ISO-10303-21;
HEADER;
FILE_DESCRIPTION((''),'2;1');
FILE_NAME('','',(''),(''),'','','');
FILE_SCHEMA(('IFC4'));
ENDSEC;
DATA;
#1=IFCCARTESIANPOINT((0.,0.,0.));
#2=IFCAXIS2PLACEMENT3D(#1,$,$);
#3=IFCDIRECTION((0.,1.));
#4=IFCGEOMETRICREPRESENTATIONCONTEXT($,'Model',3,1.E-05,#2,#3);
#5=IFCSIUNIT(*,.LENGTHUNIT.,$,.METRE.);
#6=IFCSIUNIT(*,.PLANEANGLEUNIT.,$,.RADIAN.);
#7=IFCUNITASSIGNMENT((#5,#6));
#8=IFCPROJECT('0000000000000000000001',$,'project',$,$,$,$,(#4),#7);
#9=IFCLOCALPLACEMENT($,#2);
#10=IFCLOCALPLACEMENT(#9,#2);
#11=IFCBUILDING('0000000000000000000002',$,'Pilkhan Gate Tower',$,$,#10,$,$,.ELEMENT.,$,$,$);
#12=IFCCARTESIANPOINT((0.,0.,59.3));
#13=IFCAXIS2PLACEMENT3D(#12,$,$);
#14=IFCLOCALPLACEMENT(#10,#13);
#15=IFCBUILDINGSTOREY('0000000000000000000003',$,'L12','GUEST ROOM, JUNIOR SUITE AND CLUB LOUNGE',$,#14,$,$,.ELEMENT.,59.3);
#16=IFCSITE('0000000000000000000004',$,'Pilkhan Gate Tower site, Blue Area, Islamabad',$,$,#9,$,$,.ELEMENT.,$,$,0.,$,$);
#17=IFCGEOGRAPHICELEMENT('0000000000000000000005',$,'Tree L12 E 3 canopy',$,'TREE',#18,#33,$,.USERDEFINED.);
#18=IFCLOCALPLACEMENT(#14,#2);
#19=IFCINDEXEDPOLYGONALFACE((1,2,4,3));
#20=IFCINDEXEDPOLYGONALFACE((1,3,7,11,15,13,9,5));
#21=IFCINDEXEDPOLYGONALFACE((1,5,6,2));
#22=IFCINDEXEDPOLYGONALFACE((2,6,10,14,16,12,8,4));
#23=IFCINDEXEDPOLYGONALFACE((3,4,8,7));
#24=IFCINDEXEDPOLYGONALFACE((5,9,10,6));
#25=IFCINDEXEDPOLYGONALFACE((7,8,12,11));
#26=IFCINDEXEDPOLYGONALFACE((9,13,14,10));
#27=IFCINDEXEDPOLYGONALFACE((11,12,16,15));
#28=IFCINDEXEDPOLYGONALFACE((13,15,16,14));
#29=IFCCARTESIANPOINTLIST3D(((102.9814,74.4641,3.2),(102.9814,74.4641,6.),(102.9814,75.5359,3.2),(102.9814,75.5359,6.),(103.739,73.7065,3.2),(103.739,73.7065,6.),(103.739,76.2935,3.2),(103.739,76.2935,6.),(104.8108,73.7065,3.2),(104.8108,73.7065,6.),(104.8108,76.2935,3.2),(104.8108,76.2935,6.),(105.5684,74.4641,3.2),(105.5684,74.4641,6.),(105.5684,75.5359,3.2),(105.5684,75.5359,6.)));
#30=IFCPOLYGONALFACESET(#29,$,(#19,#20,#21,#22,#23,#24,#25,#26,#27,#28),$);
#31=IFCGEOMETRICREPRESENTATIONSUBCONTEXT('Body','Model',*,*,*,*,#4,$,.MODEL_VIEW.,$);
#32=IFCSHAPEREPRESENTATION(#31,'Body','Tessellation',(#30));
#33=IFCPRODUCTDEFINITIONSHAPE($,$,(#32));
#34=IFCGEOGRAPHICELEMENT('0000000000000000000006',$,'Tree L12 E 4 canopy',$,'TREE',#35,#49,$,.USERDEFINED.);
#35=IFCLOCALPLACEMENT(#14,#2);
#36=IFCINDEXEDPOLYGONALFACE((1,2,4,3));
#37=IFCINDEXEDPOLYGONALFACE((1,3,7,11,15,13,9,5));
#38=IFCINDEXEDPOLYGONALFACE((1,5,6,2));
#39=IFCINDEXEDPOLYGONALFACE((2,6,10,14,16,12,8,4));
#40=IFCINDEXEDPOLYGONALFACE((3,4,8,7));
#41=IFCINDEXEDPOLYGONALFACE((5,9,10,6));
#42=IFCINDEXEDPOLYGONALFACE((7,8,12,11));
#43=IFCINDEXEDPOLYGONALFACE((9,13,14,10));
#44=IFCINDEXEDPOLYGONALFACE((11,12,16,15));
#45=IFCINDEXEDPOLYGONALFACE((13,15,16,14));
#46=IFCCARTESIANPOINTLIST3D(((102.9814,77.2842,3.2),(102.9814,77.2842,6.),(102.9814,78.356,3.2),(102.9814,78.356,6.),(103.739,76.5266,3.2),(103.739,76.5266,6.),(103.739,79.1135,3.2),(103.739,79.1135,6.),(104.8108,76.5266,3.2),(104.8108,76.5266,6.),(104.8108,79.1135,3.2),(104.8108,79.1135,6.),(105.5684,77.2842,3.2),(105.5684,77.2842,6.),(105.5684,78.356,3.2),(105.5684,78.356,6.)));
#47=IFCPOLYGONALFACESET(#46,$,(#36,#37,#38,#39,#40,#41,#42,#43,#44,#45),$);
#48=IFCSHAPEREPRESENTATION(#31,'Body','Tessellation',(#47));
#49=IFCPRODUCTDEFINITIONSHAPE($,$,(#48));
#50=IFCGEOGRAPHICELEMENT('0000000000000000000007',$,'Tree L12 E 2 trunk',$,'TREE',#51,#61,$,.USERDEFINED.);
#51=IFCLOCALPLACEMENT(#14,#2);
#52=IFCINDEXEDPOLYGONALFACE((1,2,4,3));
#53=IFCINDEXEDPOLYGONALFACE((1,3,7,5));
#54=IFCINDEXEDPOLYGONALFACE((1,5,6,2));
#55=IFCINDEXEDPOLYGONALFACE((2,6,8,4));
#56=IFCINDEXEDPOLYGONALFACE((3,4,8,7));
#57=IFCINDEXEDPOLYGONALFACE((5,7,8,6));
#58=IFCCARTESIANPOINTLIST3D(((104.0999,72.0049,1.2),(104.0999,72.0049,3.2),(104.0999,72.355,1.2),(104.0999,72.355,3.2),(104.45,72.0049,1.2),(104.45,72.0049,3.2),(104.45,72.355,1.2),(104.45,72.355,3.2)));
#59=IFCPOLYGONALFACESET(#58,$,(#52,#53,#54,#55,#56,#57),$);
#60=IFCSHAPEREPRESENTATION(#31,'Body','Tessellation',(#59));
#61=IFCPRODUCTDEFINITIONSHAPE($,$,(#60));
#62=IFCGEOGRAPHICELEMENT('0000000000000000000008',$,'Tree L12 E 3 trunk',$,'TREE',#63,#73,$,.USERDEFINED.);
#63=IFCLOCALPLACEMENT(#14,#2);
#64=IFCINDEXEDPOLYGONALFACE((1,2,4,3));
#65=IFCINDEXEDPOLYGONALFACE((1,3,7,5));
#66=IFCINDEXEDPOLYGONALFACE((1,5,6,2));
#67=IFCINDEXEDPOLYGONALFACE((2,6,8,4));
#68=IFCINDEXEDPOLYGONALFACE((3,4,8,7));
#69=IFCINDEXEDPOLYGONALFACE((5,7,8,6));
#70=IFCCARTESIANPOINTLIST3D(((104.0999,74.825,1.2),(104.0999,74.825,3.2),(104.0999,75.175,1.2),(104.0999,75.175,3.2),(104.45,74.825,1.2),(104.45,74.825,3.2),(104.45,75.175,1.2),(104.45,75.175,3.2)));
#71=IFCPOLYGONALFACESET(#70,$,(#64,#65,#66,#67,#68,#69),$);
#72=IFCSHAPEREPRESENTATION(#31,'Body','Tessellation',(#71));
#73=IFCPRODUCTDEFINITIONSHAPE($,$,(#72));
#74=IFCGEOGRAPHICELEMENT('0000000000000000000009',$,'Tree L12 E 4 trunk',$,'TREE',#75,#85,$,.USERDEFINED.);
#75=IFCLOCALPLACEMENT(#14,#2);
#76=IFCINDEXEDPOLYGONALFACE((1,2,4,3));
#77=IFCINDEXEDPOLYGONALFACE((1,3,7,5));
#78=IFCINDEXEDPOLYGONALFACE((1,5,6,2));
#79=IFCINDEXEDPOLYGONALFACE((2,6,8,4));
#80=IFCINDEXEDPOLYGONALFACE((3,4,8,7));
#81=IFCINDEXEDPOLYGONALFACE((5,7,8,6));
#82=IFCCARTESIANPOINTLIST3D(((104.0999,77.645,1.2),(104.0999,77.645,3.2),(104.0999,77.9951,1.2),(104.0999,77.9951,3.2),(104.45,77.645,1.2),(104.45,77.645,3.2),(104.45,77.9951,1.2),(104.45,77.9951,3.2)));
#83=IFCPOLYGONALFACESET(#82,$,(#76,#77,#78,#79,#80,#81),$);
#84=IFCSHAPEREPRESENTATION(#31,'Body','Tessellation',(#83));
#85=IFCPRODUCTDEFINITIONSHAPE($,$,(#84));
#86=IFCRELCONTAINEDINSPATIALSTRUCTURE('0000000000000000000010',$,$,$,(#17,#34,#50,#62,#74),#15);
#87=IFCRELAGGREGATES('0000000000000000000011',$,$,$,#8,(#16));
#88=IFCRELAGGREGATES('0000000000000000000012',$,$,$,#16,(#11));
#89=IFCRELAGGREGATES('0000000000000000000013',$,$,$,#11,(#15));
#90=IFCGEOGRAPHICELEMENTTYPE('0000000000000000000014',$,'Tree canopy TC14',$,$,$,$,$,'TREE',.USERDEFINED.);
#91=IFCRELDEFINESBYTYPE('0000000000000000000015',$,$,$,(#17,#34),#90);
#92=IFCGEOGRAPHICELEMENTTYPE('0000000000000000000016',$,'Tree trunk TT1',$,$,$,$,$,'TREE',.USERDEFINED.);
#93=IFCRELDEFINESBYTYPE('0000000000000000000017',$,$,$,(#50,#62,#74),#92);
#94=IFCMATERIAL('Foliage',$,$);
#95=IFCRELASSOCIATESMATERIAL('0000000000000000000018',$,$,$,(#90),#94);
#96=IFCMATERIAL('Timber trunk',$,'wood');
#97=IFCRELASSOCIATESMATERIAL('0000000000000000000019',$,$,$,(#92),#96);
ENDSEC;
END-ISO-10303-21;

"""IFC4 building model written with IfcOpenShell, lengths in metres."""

from ifc_helpers import new_model, si_unit, direction, frame, origin, origin_2d, place, context, subcontext, project, spatial, polyline, rectangle, outline, extrude, material, material_profile, profile_set, type_object, element, save


model = new_model("IFC4")

# Units and contexts
model_context = context("Model", 3, precision=1e-05, world=origin(), true_north=direction((0.0, 1.0)))
body_context = subcontext(model_context, "Body", "Model", "MODEL_VIEW")
ifc_project = project(units=[si_unit("LENGTHUNIT", "METRE"), si_unit("PLANEANGLEUNIT", "RADIAN")], contexts=[model_context])

# Site, building, storey
site_placement = place(None, origin())
site = spatial("IfcSite", under=ifc_project, at=site_placement, Name="Pilkhan Gate Tower site, Blue Area, Islamabad", CompositionType="ELEMENT", RefElevation=0.0)
building_placement = place(site_placement, origin())
building = spatial("IfcBuilding", under=site, at=building_placement, Name="Pilkhan Gate Tower", CompositionType="ELEMENT")
storey_placement = place(building_placement, frame((0.0, 0.0, 59.3)))
storey = spatial("IfcBuildingStorey", under=building, at=storey_placement, Name="L12", Description="GUEST ROOM, JUNIOR SUITE AND CLUB LOUNGE", CompositionType="ELEMENT", Elevation=59.3)

# Geographic elements
ifc_material_1 = material(Name="Foliage")
ifc_material_profile_1 = material_profile(ifc_material_1, outline(polyline([(1.2935, 0.5359), (0.5359, 1.2935), (-0.5359, 1.2935), (-1.2935, 0.5359), (-1.2935, -0.5359), (-0.5359, -1.2935), (0.5359, -1.2935), (1.2935, -0.5359), (1.2935, 0.5359)])), Name="Canopy D2.8")
ifc_profile_set_1 = profile_set([ifc_material_profile_1], Name="Foliage")
geographic_element_type_1 = type_object("IfcGeographicElementType", Name="Tree canopy TC14", ElementType="TREE", PredefinedType="USERDEFINED", material=ifc_profile_set_1)
for number, where, z_axis, x_axis, name in (
    (1, (104.2749, 75.0, 3.2), (0.0, 0.0, 1.0), (1.0, 0.0, 0.0), "Tree L12 E 3 canopy"),
    (2, (104.2749, 77.8201, 3.2), (0.0, 0.0, 1.0), (1.0, 0.0, 0.0), "Tree L12 E 4 canopy"),
):
    element("IfcGeographicElement", number, at=place(storey_placement, frame(where, z_axis=z_axis, x_axis=x_axis)), inside=storey, type_object=geographic_element_type_1, Name=name, ObjectType="TREE", PredefinedType="USERDEFINED", context=body_context, shape_type="SweptSolid", body=[
        extrude(outline(polyline([(1.2935, 0.5359), (0.5359, 1.2935), (-0.5359, 1.2935), (-1.2935, 0.5359), (-1.2935, -0.5359), (-0.5359, -1.2935), (0.5359, -1.2935), (1.2935, -0.5359), (1.2935, 0.5359)])), origin(), (0.0, 0.0, 1.0), 2.8),
    ])
ifc_material_2 = material(Name="Timber trunk", Category="wood")
geographic_element_type_2 = type_object("IfcGeographicElementType", Name="Tree trunk TT1", ElementType="TREE", PredefinedType="USERDEFINED", material=ifc_material_2)
for number, where, z_axis, x_axis, name in (
    (3, (104.2749, 72.1799, 1.2), (0.0, 0.0, 1.0), (1.0, 0.0, 0.0), "Tree L12 E 2 trunk"),
    (4, (104.2749, 75.0, 1.2), (0.0, 0.0, 1.0), (1.0, 0.0, 0.0), "Tree L12 E 3 trunk"),
    (5, (104.2749, 77.8201, 1.2), (0.0, 0.0, 1.0), (1.0, 0.0, 0.0), "Tree L12 E 4 trunk"),
):
    element("IfcGeographicElement", number, at=place(storey_placement, frame(where, z_axis=z_axis, x_axis=x_axis)), inside=storey, type_object=geographic_element_type_2, Name=name, ObjectType="TREE", PredefinedType="USERDEFINED", context=body_context, shape_type="SweptSolid", body=[
        extrude(rectangle(XDim=0.3501, YDim=0.3501, at=origin_2d()), origin(), (0.0, 0.0, 1.0), 2.0),
    ])

save(model, "model.ifc")
